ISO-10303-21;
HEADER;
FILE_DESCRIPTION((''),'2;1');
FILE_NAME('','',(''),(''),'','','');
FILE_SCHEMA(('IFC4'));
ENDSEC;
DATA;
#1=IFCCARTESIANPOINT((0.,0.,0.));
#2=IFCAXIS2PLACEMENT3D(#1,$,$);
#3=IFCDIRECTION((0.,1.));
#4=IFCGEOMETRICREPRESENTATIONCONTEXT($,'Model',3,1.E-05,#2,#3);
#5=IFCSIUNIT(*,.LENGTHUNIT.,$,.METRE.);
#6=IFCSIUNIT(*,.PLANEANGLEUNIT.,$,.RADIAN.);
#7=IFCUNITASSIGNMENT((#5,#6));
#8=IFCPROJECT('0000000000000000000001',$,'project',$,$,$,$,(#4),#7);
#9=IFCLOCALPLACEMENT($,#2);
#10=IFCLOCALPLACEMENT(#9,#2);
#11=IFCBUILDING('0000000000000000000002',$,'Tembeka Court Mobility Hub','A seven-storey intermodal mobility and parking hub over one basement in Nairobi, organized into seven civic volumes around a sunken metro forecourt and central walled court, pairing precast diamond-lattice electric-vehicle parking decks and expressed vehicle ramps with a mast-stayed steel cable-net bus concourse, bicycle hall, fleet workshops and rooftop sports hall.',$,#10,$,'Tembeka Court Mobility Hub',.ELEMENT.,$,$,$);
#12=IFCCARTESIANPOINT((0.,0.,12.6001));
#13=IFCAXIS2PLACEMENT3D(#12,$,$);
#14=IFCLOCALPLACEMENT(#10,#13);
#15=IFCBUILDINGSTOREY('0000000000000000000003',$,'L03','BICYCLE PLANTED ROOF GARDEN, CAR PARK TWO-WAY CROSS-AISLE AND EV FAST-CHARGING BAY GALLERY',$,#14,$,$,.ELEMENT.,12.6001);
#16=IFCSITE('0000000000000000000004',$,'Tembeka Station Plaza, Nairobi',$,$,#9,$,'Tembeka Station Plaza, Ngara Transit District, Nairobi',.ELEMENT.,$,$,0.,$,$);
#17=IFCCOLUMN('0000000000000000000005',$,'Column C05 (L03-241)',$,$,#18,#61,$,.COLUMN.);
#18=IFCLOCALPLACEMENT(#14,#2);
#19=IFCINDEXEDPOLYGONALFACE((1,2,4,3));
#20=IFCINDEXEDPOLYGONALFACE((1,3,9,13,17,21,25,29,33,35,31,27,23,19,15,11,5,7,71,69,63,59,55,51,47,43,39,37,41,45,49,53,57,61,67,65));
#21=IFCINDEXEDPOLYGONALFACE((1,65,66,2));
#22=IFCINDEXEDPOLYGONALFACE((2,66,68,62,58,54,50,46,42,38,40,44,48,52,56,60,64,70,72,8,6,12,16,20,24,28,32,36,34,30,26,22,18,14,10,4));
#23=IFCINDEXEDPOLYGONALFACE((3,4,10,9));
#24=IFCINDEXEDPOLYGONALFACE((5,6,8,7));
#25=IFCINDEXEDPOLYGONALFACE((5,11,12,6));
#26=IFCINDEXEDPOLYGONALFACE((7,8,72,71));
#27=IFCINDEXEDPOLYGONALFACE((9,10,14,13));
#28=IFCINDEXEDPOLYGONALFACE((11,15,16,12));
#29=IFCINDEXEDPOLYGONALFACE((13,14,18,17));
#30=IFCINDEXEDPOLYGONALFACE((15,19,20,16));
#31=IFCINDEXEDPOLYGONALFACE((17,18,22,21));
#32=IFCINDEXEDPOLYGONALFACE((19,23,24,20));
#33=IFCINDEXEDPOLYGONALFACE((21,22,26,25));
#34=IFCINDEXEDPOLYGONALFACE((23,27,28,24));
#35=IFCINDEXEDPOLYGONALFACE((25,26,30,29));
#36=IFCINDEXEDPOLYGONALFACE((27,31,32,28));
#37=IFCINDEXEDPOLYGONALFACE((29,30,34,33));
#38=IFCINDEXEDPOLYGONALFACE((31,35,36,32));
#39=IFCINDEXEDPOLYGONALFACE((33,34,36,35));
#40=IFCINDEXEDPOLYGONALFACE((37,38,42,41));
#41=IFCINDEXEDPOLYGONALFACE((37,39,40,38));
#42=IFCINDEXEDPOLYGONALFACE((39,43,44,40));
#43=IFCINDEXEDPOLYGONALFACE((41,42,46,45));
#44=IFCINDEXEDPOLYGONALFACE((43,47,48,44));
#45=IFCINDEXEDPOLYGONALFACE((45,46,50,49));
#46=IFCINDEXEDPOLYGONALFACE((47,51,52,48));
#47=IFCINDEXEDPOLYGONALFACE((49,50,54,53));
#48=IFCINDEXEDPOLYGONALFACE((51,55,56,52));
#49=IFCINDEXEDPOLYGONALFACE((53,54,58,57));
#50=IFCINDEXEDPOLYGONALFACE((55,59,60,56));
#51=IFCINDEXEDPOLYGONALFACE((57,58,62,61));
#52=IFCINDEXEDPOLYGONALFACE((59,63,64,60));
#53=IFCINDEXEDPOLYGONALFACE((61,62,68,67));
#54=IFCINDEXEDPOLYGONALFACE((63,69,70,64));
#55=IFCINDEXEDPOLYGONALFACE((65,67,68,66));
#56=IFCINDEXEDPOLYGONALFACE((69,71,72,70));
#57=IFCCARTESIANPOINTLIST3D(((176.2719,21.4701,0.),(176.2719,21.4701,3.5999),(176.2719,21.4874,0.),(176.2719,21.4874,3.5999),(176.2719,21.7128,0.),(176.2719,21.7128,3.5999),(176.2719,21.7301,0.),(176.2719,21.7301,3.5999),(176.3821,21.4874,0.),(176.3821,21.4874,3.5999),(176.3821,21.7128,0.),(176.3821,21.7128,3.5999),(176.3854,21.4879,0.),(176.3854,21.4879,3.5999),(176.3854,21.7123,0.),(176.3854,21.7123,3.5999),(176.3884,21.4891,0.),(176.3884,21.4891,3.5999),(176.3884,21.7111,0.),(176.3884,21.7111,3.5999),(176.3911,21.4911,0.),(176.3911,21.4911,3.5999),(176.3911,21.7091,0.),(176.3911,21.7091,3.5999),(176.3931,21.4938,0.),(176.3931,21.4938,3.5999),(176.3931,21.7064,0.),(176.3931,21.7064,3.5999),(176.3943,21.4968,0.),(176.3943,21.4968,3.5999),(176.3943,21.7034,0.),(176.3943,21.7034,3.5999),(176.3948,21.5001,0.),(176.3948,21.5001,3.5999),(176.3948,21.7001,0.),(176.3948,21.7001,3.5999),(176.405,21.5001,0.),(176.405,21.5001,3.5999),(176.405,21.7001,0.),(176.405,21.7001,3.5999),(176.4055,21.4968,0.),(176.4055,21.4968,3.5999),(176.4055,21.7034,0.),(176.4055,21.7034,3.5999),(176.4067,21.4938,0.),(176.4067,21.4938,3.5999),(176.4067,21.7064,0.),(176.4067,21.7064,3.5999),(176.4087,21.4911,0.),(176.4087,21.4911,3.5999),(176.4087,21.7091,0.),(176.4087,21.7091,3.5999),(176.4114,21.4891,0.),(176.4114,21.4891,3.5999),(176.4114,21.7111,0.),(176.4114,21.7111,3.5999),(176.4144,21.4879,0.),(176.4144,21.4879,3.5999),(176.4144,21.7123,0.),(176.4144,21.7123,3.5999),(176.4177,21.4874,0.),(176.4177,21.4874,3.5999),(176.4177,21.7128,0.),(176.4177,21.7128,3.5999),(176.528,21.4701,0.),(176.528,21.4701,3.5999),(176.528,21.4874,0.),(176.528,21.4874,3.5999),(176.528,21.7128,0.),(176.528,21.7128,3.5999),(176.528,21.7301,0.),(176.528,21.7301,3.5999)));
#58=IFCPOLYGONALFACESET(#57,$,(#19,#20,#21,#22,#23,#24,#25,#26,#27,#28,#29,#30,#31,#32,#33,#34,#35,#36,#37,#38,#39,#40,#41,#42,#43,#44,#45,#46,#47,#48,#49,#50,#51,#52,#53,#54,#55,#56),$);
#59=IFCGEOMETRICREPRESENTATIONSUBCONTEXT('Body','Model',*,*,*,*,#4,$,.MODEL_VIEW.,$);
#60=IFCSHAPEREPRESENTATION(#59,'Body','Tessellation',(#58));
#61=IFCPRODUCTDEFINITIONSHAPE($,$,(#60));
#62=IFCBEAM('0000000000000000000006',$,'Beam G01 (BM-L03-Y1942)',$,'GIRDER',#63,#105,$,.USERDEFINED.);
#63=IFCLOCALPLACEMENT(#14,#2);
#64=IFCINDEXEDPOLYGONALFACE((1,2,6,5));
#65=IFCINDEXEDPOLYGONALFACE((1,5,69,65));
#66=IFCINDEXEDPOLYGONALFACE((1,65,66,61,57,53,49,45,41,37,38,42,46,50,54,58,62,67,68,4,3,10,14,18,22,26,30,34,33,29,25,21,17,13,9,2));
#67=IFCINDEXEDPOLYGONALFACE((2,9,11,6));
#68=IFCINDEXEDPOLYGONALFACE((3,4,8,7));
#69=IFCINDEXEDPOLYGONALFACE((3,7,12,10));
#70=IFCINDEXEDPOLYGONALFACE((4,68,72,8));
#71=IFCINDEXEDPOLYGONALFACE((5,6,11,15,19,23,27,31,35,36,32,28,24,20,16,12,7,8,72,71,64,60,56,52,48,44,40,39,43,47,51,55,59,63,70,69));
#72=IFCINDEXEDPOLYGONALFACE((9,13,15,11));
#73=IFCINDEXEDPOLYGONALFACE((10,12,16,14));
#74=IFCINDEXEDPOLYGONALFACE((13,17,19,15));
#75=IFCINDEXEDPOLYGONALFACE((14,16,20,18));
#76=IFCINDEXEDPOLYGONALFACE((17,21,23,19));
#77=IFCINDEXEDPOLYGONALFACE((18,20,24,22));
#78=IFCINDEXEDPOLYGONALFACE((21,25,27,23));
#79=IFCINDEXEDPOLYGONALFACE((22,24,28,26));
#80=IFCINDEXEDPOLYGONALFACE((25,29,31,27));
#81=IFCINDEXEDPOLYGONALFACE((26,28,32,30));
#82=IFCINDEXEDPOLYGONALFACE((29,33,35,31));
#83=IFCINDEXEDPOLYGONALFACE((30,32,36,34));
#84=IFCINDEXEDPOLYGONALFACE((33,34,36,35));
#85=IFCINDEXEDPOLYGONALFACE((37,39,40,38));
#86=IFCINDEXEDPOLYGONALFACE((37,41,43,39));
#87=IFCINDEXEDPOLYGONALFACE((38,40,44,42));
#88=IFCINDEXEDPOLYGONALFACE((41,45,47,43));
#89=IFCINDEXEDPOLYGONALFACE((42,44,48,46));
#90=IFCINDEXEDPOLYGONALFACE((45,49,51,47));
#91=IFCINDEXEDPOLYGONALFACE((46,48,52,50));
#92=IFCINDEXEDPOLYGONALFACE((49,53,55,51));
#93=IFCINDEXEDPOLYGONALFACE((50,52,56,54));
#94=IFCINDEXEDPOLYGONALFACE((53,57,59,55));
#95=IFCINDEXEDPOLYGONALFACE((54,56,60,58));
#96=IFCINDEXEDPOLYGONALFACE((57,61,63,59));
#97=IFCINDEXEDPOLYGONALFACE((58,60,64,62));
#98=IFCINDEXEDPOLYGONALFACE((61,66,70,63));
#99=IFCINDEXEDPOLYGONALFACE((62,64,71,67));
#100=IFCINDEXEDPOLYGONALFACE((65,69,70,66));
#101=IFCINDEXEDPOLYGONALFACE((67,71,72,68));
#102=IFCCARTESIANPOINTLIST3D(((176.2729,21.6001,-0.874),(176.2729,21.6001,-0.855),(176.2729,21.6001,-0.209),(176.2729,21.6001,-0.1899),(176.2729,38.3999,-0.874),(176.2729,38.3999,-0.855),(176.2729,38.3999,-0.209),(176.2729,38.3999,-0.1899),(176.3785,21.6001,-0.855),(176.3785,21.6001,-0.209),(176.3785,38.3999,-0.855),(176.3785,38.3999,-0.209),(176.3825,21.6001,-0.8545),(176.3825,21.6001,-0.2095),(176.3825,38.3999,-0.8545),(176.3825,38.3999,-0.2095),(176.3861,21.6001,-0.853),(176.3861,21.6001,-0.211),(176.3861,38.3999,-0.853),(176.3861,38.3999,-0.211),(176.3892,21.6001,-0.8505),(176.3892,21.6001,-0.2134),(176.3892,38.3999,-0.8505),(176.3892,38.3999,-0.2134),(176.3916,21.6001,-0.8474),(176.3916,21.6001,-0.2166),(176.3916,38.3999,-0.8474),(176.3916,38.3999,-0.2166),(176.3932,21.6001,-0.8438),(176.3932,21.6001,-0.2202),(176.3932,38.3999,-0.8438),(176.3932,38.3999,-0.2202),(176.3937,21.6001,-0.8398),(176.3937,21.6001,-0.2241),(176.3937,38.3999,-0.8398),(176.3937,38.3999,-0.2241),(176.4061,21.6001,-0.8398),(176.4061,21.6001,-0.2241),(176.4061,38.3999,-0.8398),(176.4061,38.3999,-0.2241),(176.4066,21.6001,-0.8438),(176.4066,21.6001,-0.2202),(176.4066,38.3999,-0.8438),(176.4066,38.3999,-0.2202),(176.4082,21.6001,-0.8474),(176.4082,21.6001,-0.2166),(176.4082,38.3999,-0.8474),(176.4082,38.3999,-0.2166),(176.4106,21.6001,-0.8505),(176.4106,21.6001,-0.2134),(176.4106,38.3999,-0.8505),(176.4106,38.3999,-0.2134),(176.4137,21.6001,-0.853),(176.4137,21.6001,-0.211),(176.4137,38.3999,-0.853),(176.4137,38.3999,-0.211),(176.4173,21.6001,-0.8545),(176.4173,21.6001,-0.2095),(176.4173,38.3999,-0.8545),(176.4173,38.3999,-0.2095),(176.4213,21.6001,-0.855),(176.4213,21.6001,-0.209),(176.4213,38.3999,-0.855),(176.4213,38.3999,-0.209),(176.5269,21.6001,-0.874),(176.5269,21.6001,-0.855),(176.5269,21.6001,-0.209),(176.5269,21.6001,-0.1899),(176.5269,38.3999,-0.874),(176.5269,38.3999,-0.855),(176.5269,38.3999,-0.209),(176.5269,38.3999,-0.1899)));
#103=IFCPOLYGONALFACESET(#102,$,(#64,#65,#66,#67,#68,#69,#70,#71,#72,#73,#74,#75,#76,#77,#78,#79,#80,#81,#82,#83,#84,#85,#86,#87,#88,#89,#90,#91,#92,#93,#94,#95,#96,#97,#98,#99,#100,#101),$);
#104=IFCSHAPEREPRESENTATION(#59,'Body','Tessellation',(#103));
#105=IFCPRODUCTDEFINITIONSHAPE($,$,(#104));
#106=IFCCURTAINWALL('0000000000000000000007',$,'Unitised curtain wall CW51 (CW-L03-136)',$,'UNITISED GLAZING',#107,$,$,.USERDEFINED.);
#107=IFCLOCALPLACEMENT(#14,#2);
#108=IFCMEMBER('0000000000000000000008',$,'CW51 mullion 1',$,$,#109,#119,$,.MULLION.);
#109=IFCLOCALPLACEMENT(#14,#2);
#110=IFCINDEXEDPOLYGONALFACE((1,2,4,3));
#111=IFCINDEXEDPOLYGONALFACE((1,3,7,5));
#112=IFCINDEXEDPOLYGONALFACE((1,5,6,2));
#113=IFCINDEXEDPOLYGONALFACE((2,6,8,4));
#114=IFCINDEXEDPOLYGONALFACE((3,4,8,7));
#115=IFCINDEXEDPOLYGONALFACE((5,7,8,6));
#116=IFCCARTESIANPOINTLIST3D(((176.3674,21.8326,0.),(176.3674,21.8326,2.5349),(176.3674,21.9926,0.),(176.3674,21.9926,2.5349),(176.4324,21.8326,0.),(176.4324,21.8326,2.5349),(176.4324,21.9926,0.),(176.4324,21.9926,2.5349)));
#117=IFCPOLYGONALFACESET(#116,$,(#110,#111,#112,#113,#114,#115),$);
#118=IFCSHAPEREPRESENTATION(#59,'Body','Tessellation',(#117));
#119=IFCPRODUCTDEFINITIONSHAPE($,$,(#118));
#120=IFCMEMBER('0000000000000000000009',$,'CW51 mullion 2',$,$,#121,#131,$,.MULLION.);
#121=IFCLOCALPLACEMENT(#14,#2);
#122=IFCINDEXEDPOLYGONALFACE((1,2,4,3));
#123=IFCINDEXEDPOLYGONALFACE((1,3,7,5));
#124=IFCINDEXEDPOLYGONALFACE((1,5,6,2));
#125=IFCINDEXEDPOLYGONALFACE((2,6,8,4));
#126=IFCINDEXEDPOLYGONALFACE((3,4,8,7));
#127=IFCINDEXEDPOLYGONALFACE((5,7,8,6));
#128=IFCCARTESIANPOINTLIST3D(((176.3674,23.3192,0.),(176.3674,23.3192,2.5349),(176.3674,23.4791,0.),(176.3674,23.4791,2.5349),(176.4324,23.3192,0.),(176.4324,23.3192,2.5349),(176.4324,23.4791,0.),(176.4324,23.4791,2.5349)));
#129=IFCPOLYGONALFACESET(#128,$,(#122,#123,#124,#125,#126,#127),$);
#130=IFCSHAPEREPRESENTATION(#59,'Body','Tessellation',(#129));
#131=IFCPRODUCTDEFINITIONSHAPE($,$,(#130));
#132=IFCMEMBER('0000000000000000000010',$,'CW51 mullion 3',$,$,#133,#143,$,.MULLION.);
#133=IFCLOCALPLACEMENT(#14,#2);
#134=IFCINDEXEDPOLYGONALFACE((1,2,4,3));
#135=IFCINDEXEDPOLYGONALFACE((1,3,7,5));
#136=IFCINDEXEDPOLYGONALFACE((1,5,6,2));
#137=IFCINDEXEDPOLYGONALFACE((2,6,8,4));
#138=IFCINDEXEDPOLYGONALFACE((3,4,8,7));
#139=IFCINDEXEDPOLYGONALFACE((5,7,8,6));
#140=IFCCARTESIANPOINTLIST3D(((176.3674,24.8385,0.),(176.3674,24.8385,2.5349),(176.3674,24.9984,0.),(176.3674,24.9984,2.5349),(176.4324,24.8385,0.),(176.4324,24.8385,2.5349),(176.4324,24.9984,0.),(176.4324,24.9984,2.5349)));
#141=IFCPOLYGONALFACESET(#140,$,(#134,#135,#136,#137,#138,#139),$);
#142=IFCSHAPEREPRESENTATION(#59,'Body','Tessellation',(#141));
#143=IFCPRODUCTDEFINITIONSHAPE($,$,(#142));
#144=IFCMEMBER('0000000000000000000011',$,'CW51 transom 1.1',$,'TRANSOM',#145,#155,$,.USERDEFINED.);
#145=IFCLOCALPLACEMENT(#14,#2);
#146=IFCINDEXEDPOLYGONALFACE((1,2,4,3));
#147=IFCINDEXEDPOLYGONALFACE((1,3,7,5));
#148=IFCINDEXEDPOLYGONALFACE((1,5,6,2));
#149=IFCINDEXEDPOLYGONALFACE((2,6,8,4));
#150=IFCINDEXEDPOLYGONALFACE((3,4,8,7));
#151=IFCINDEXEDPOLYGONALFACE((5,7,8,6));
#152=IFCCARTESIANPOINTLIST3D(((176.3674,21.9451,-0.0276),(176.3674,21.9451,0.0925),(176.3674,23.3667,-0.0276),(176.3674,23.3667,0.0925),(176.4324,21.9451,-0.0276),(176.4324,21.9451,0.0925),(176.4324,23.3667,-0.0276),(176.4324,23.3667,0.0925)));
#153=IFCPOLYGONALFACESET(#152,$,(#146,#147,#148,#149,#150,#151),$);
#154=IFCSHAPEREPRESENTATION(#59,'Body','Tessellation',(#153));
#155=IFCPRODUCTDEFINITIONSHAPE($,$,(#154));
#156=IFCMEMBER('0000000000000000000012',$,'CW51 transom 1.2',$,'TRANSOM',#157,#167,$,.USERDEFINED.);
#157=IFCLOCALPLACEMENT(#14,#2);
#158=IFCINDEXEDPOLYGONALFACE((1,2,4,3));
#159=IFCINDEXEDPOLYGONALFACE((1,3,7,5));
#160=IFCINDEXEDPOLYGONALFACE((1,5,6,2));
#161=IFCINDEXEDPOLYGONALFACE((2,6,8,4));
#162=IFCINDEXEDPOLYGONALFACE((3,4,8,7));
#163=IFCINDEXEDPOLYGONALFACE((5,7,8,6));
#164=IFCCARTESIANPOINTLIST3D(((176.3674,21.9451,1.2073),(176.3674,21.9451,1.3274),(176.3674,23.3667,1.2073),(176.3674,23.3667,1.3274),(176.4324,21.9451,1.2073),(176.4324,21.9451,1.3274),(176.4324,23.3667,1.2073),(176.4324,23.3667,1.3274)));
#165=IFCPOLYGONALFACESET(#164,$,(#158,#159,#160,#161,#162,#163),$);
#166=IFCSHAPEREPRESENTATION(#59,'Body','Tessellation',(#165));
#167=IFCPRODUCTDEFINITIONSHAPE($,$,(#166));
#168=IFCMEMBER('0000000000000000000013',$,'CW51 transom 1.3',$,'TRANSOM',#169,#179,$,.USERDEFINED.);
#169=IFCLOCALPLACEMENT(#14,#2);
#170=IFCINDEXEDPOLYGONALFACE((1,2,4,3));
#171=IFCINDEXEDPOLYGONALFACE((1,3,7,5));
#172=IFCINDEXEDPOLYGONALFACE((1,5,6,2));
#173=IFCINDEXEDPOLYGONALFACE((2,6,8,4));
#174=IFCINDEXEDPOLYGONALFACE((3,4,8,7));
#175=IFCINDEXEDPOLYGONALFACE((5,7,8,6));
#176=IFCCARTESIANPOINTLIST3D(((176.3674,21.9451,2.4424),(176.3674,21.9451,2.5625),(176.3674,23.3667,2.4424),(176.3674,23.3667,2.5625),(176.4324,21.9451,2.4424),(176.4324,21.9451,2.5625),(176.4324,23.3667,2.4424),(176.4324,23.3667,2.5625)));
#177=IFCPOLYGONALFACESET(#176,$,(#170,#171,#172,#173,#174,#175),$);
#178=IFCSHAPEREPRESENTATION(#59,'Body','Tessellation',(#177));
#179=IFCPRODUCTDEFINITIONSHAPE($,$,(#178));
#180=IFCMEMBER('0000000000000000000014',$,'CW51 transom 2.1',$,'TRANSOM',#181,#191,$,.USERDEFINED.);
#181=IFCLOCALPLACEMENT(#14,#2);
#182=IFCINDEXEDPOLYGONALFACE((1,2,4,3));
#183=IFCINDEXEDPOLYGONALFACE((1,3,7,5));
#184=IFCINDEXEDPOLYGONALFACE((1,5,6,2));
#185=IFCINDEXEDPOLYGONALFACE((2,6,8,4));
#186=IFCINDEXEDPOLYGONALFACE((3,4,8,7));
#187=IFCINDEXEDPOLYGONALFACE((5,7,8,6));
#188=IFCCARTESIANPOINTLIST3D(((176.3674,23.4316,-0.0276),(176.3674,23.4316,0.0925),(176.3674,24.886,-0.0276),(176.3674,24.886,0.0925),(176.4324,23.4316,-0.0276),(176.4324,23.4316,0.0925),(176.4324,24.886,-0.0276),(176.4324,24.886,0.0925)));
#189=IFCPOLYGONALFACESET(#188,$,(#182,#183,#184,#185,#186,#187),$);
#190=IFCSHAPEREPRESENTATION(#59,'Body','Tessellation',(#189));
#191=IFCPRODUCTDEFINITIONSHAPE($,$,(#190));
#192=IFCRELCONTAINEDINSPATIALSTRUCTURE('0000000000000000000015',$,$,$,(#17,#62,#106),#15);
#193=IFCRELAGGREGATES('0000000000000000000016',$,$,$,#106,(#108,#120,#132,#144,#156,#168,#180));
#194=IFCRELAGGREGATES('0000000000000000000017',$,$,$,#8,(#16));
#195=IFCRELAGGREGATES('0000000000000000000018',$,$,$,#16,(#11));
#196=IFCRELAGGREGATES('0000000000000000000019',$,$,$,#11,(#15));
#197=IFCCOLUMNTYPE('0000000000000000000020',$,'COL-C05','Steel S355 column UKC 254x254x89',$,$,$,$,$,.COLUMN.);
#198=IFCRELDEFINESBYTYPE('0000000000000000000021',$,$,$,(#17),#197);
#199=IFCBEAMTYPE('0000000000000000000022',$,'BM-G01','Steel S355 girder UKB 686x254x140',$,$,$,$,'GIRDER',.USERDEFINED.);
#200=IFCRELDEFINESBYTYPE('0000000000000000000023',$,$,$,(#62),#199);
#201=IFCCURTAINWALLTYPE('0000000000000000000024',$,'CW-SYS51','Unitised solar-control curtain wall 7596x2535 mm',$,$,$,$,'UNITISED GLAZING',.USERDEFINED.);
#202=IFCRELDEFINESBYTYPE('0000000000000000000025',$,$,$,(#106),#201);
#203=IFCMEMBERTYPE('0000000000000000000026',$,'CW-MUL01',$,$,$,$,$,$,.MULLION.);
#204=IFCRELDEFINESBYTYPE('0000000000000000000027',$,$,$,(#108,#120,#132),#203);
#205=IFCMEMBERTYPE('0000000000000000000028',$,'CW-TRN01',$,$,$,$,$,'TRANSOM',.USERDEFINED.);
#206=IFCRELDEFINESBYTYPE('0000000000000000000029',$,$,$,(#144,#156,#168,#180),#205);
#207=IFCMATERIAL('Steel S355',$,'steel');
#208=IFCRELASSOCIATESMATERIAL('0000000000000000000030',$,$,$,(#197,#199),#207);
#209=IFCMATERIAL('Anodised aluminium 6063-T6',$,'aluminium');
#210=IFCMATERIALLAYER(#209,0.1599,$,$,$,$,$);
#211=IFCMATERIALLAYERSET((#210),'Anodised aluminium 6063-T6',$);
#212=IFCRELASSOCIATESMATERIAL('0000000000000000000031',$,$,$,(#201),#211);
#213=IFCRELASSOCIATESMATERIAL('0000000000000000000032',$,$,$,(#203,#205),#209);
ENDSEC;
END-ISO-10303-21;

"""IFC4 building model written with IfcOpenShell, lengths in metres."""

from ifc_helpers import new_model, si_unit, direction, frame, origin, origin_2d, place, context, subcontext, project, spatial, rectangle, i_section, extrude, material, layer, layer_set, material_profile, profile_set, type_object, element, aggregate, save


model = new_model("IFC4")

# Units and contexts
model_context = context("Model", 3, precision=1e-05, world=origin(), true_north=direction((0.0, 1.0)))
body_context = subcontext(model_context, "Body", "Model", "MODEL_VIEW")
ifc_project = project(units=[si_unit("LENGTHUNIT", "METRE"), si_unit("PLANEANGLEUNIT", "RADIAN")], contexts=[model_context])

# Site, building, storey
site_placement = place(None, origin())
site = spatial("IfcSite", under=ifc_project, at=site_placement, Name="Tembeka Station Plaza, Nairobi", LongName="Tembeka Station Plaza, Ngara Transit District, Nairobi", CompositionType="ELEMENT", RefElevation=0.0)
building_placement = place(site_placement, origin())
building = spatial("IfcBuilding", under=site, at=building_placement, Name="Tembeka Court Mobility Hub", Description="A seven-storey intermodal mobility and parking hub over one basement in Nairobi, organized into seven civic volumes around a sunken metro forecourt and central walled court, pairing precast diamond-lattice electric-vehicle parking decks and expressed vehicle ramps with a mast-stayed steel cable-net bus concourse, bicycle hall, fleet workshops and rooftop sports hall.", LongName="Tembeka Court Mobility Hub", CompositionType="ELEMENT")
storey_placement = place(building_placement, frame((0.0, 0.0, 12.6001)))
storey = spatial("IfcBuildingStorey", under=building, at=storey_placement, Name="L03", Description="BICYCLE PLANTED ROOF GARDEN, CAR PARK TWO-WAY CROSS-AISLE AND EV FAST-CHARGING BAY GALLERY", CompositionType="ELEMENT", Elevation=12.6001)

# Column
ifc_material_1 = material(Name="Steel S355", Category="steel")
ifc_material_profile_1 = material_profile(ifc_material_1, i_section(OverallWidth=0.2561, OverallDepth=0.26, WebThickness=0.0103, FlangeThickness=0.0173, FilletRadius=0.0127, at=origin_2d()), Name="UKC 254x254x89")
ifc_profile_set_1 = profile_set([ifc_material_profile_1], Name="Steel S355")
column_type = type_object("IfcColumnType", Name="COL-C05", Description="Steel S355 column UKC 254x254x89", PredefinedType="COLUMN", material=ifc_profile_set_1)
column_placement = place(storey_placement, frame((176.3999, 21.6001, 0.0), z_axis=(0.0, 0.0, 1.0), x_axis=(1.0, 0.0, 0.0)))
element("IfcColumn", 1, at=column_placement, inside=storey, type_object=column_type, Name="Column C05 (L03-241)", PredefinedType="COLUMN", context=body_context, shape_type="SweptSolid", body=[
    extrude(i_section(OverallWidth=0.2561, OverallDepth=0.26, WebThickness=0.0103, FlangeThickness=0.0173, FilletRadius=0.0127, at=origin_2d()), origin(), (0.0, 0.0, 1.0), 3.5999),
])

# Beam
ifc_material_profile_2 = material_profile(ifc_material_1, i_section(OverallWidth=0.2539, OverallDepth=0.6841, WebThickness=0.0125, FlangeThickness=0.019, FilletRadius=0.0151, at=origin_2d()), Name="UKB 686x254x140")
ifc_profile_set_2 = profile_set([ifc_material_profile_2], Name="Steel S355")
beam_type = type_object("IfcBeamType", Name="BM-G01", Description="Steel S355 girder UKB 686x254x140", ElementType="GIRDER", PredefinedType="USERDEFINED", material=ifc_profile_set_2)
beam_placement = place(storey_placement, frame((176.3999, 21.6001, -0.532), z_axis=(0.0, 1.0, 0.0), x_axis=(-1.0, 0.0, 0.0)))
element("IfcBeam", 2, at=beam_placement, inside=storey, type_object=beam_type, Name="Beam G01 (BM-L03-Y1942)", ObjectType="GIRDER", PredefinedType="USERDEFINED", context=body_context, shape_type="SweptSolid", body=[
    extrude(i_section(OverallWidth=0.2539, OverallDepth=0.6841, WebThickness=0.0125, FlangeThickness=0.019, FilletRadius=0.0151, at=origin_2d()), origin(), (0.0, 0.0, 1.0), 16.7998),
])

# Curtain wall, members
ifc_material_2 = material(Name="Anodised aluminium 6063-T6", Category="aluminium")
ifc_layer_1 = layer(ifc_material_2, 0.1599)
ifc_layer_set_1 = layer_set([ifc_layer_1], Name="Anodised aluminium 6063-T6")
curtain_wall_type = type_object("IfcCurtainWallType", Name="CW-SYS51", Description="Unitised solar-control curtain wall 7596x2535 mm", ElementType="UNITISED GLAZING", PredefinedType="USERDEFINED", material=ifc_layer_set_1)
curtain_wall_placement = place(storey_placement, origin())
curtain_wall = element("IfcCurtainWall", 3, at=curtain_wall_placement, inside=storey, type_object=curtain_wall_type, Name="Unitised curtain wall CW51 (CW-L03-136)", ObjectType="UNITISED GLAZING", PredefinedType="USERDEFINED")
ifc_material_profile_3 = material_profile(ifc_material_2, rectangle(XDim=0.0649, YDim=0.1599, at=origin_2d()), Name="ALU-MUL 65x160")
ifc_profile_set_3 = profile_set([ifc_material_profile_3], Name="Anodised aluminium 6063-T6")
member_type_1 = type_object("IfcMemberType", Name="CW-MUL01", PredefinedType="MULLION", material=ifc_profile_set_3)
member_1_placement = place(storey_placement, frame((176.3999, 21.9126, 0.0), z_axis=(0.0, 0.0, 1.0), x_axis=(-1.0, 0.0, 0.0)))
member_1 = element("IfcMember", 4, at=member_1_placement, type_object=member_type_1, Name="CW51 mullion 1", PredefinedType="MULLION", context=body_context, shape_type="SweptSolid", body=[
    extrude(rectangle(XDim=0.0649, YDim=0.1599, at=origin_2d()), origin(), (0.0, 0.0, 1.0), 2.5349),
])
member_2_placement = place(storey_placement, frame((176.3999, 23.3992, 0.0), z_axis=(0.0, 0.0, 1.0), x_axis=(-1.0, 0.0, 0.0)))
member_2 = element("IfcMember", 5, at=member_2_placement, type_object=member_type_1, Name="CW51 mullion 2", PredefinedType="MULLION", context=body_context, shape_type="SweptSolid", body=[
    extrude(rectangle(XDim=0.0649, YDim=0.1599, at=origin_2d()), origin(), (0.0, 0.0, 1.0), 2.5349),
])
member_3_placement = place(storey_placement, frame((176.3999, 24.9185, 0.0), z_axis=(0.0, 0.0, 1.0), x_axis=(-1.0, 0.0, 0.0)))
member_3 = element("IfcMember", 6, at=member_3_placement, type_object=member_type_1, Name="CW51 mullion 3", PredefinedType="MULLION", context=body_context, shape_type="SweptSolid", body=[
    extrude(rectangle(XDim=0.0649, YDim=0.1599, at=origin_2d()), origin(), (0.0, 0.0, 1.0), 2.5349),
])
ifc_material_profile_4 = material_profile(ifc_material_2, rectangle(XDim=0.0649, YDim=0.1201, at=origin_2d()), Name="ALU-TRN 65x120")
ifc_profile_set_4 = profile_set([ifc_material_profile_4], Name="Anodised aluminium 6063-T6")
member_type_2 = type_object("IfcMemberType", Name="CW-TRN01", ElementType="TRANSOM", PredefinedType="USERDEFINED", material=ifc_profile_set_4)
member_4_placement = place(storey_placement, frame((176.3999, 21.9451, 0.0325), z_axis=(0.0, 1.0, 0.0), x_axis=(-1.0, 0.0, 0.0)))
member_4 = element("IfcMember", 7, at=member_4_placement, type_object=member_type_2, Name="CW51 transom 1.1", ObjectType="TRANSOM", PredefinedType="USERDEFINED", context=body_context, shape_type="SweptSolid", body=[
    extrude(rectangle(XDim=0.0649, YDim=0.1201, at=origin_2d()), origin(), (0.0, 0.0, 1.0), 1.4216),
])
member_5_placement = place(storey_placement, frame((176.3999, 21.9451, 1.2673), z_axis=(0.0, 1.0, 0.0), x_axis=(-1.0, 0.0, 0.0)))
member_5 = element("IfcMember", 8, at=member_5_placement, type_object=member_type_2, Name="CW51 transom 1.2", ObjectType="TRANSOM", PredefinedType="USERDEFINED", context=body_context, shape_type="SweptSolid", body=[
    extrude(rectangle(XDim=0.0649, YDim=0.1201, at=origin_2d()), origin(), (0.0, 0.0, 1.0), 1.4216),
])
member_6_placement = place(storey_placement, frame((176.3999, 21.9451, 2.5024), z_axis=(0.0, 1.0, 0.0), x_axis=(-1.0, 0.0, 0.0)))
member_6 = element("IfcMember", 9, at=member_6_placement, type_object=member_type_2, Name="CW51 transom 1.3", ObjectType="TRANSOM", PredefinedType="USERDEFINED", context=body_context, shape_type="SweptSolid", body=[
    extrude(rectangle(XDim=0.0649, YDim=0.1201, at=origin_2d()), origin(), (0.0, 0.0, 1.0), 1.4216),
])
member_7_placement = place(storey_placement, frame((176.3999, 23.4316, 0.0325), z_axis=(0.0, 1.0, 0.0), x_axis=(-1.0, 0.0, 0.0)))
member_7 = element("IfcMember", 10, at=member_7_placement, type_object=member_type_2, Name="CW51 transom 2.1", ObjectType="TRANSOM", PredefinedType="USERDEFINED", context=body_context, shape_type="SweptSolid", body=[
    extrude(rectangle(XDim=0.0649, YDim=0.1201, at=origin_2d()), origin(), (0.0, 0.0, 1.0), 1.4543),
])
aggregate(curtain_wall, [member_1, member_2, member_3, member_4, member_5, member_6, member_7])

save(model, "model.ifc")
